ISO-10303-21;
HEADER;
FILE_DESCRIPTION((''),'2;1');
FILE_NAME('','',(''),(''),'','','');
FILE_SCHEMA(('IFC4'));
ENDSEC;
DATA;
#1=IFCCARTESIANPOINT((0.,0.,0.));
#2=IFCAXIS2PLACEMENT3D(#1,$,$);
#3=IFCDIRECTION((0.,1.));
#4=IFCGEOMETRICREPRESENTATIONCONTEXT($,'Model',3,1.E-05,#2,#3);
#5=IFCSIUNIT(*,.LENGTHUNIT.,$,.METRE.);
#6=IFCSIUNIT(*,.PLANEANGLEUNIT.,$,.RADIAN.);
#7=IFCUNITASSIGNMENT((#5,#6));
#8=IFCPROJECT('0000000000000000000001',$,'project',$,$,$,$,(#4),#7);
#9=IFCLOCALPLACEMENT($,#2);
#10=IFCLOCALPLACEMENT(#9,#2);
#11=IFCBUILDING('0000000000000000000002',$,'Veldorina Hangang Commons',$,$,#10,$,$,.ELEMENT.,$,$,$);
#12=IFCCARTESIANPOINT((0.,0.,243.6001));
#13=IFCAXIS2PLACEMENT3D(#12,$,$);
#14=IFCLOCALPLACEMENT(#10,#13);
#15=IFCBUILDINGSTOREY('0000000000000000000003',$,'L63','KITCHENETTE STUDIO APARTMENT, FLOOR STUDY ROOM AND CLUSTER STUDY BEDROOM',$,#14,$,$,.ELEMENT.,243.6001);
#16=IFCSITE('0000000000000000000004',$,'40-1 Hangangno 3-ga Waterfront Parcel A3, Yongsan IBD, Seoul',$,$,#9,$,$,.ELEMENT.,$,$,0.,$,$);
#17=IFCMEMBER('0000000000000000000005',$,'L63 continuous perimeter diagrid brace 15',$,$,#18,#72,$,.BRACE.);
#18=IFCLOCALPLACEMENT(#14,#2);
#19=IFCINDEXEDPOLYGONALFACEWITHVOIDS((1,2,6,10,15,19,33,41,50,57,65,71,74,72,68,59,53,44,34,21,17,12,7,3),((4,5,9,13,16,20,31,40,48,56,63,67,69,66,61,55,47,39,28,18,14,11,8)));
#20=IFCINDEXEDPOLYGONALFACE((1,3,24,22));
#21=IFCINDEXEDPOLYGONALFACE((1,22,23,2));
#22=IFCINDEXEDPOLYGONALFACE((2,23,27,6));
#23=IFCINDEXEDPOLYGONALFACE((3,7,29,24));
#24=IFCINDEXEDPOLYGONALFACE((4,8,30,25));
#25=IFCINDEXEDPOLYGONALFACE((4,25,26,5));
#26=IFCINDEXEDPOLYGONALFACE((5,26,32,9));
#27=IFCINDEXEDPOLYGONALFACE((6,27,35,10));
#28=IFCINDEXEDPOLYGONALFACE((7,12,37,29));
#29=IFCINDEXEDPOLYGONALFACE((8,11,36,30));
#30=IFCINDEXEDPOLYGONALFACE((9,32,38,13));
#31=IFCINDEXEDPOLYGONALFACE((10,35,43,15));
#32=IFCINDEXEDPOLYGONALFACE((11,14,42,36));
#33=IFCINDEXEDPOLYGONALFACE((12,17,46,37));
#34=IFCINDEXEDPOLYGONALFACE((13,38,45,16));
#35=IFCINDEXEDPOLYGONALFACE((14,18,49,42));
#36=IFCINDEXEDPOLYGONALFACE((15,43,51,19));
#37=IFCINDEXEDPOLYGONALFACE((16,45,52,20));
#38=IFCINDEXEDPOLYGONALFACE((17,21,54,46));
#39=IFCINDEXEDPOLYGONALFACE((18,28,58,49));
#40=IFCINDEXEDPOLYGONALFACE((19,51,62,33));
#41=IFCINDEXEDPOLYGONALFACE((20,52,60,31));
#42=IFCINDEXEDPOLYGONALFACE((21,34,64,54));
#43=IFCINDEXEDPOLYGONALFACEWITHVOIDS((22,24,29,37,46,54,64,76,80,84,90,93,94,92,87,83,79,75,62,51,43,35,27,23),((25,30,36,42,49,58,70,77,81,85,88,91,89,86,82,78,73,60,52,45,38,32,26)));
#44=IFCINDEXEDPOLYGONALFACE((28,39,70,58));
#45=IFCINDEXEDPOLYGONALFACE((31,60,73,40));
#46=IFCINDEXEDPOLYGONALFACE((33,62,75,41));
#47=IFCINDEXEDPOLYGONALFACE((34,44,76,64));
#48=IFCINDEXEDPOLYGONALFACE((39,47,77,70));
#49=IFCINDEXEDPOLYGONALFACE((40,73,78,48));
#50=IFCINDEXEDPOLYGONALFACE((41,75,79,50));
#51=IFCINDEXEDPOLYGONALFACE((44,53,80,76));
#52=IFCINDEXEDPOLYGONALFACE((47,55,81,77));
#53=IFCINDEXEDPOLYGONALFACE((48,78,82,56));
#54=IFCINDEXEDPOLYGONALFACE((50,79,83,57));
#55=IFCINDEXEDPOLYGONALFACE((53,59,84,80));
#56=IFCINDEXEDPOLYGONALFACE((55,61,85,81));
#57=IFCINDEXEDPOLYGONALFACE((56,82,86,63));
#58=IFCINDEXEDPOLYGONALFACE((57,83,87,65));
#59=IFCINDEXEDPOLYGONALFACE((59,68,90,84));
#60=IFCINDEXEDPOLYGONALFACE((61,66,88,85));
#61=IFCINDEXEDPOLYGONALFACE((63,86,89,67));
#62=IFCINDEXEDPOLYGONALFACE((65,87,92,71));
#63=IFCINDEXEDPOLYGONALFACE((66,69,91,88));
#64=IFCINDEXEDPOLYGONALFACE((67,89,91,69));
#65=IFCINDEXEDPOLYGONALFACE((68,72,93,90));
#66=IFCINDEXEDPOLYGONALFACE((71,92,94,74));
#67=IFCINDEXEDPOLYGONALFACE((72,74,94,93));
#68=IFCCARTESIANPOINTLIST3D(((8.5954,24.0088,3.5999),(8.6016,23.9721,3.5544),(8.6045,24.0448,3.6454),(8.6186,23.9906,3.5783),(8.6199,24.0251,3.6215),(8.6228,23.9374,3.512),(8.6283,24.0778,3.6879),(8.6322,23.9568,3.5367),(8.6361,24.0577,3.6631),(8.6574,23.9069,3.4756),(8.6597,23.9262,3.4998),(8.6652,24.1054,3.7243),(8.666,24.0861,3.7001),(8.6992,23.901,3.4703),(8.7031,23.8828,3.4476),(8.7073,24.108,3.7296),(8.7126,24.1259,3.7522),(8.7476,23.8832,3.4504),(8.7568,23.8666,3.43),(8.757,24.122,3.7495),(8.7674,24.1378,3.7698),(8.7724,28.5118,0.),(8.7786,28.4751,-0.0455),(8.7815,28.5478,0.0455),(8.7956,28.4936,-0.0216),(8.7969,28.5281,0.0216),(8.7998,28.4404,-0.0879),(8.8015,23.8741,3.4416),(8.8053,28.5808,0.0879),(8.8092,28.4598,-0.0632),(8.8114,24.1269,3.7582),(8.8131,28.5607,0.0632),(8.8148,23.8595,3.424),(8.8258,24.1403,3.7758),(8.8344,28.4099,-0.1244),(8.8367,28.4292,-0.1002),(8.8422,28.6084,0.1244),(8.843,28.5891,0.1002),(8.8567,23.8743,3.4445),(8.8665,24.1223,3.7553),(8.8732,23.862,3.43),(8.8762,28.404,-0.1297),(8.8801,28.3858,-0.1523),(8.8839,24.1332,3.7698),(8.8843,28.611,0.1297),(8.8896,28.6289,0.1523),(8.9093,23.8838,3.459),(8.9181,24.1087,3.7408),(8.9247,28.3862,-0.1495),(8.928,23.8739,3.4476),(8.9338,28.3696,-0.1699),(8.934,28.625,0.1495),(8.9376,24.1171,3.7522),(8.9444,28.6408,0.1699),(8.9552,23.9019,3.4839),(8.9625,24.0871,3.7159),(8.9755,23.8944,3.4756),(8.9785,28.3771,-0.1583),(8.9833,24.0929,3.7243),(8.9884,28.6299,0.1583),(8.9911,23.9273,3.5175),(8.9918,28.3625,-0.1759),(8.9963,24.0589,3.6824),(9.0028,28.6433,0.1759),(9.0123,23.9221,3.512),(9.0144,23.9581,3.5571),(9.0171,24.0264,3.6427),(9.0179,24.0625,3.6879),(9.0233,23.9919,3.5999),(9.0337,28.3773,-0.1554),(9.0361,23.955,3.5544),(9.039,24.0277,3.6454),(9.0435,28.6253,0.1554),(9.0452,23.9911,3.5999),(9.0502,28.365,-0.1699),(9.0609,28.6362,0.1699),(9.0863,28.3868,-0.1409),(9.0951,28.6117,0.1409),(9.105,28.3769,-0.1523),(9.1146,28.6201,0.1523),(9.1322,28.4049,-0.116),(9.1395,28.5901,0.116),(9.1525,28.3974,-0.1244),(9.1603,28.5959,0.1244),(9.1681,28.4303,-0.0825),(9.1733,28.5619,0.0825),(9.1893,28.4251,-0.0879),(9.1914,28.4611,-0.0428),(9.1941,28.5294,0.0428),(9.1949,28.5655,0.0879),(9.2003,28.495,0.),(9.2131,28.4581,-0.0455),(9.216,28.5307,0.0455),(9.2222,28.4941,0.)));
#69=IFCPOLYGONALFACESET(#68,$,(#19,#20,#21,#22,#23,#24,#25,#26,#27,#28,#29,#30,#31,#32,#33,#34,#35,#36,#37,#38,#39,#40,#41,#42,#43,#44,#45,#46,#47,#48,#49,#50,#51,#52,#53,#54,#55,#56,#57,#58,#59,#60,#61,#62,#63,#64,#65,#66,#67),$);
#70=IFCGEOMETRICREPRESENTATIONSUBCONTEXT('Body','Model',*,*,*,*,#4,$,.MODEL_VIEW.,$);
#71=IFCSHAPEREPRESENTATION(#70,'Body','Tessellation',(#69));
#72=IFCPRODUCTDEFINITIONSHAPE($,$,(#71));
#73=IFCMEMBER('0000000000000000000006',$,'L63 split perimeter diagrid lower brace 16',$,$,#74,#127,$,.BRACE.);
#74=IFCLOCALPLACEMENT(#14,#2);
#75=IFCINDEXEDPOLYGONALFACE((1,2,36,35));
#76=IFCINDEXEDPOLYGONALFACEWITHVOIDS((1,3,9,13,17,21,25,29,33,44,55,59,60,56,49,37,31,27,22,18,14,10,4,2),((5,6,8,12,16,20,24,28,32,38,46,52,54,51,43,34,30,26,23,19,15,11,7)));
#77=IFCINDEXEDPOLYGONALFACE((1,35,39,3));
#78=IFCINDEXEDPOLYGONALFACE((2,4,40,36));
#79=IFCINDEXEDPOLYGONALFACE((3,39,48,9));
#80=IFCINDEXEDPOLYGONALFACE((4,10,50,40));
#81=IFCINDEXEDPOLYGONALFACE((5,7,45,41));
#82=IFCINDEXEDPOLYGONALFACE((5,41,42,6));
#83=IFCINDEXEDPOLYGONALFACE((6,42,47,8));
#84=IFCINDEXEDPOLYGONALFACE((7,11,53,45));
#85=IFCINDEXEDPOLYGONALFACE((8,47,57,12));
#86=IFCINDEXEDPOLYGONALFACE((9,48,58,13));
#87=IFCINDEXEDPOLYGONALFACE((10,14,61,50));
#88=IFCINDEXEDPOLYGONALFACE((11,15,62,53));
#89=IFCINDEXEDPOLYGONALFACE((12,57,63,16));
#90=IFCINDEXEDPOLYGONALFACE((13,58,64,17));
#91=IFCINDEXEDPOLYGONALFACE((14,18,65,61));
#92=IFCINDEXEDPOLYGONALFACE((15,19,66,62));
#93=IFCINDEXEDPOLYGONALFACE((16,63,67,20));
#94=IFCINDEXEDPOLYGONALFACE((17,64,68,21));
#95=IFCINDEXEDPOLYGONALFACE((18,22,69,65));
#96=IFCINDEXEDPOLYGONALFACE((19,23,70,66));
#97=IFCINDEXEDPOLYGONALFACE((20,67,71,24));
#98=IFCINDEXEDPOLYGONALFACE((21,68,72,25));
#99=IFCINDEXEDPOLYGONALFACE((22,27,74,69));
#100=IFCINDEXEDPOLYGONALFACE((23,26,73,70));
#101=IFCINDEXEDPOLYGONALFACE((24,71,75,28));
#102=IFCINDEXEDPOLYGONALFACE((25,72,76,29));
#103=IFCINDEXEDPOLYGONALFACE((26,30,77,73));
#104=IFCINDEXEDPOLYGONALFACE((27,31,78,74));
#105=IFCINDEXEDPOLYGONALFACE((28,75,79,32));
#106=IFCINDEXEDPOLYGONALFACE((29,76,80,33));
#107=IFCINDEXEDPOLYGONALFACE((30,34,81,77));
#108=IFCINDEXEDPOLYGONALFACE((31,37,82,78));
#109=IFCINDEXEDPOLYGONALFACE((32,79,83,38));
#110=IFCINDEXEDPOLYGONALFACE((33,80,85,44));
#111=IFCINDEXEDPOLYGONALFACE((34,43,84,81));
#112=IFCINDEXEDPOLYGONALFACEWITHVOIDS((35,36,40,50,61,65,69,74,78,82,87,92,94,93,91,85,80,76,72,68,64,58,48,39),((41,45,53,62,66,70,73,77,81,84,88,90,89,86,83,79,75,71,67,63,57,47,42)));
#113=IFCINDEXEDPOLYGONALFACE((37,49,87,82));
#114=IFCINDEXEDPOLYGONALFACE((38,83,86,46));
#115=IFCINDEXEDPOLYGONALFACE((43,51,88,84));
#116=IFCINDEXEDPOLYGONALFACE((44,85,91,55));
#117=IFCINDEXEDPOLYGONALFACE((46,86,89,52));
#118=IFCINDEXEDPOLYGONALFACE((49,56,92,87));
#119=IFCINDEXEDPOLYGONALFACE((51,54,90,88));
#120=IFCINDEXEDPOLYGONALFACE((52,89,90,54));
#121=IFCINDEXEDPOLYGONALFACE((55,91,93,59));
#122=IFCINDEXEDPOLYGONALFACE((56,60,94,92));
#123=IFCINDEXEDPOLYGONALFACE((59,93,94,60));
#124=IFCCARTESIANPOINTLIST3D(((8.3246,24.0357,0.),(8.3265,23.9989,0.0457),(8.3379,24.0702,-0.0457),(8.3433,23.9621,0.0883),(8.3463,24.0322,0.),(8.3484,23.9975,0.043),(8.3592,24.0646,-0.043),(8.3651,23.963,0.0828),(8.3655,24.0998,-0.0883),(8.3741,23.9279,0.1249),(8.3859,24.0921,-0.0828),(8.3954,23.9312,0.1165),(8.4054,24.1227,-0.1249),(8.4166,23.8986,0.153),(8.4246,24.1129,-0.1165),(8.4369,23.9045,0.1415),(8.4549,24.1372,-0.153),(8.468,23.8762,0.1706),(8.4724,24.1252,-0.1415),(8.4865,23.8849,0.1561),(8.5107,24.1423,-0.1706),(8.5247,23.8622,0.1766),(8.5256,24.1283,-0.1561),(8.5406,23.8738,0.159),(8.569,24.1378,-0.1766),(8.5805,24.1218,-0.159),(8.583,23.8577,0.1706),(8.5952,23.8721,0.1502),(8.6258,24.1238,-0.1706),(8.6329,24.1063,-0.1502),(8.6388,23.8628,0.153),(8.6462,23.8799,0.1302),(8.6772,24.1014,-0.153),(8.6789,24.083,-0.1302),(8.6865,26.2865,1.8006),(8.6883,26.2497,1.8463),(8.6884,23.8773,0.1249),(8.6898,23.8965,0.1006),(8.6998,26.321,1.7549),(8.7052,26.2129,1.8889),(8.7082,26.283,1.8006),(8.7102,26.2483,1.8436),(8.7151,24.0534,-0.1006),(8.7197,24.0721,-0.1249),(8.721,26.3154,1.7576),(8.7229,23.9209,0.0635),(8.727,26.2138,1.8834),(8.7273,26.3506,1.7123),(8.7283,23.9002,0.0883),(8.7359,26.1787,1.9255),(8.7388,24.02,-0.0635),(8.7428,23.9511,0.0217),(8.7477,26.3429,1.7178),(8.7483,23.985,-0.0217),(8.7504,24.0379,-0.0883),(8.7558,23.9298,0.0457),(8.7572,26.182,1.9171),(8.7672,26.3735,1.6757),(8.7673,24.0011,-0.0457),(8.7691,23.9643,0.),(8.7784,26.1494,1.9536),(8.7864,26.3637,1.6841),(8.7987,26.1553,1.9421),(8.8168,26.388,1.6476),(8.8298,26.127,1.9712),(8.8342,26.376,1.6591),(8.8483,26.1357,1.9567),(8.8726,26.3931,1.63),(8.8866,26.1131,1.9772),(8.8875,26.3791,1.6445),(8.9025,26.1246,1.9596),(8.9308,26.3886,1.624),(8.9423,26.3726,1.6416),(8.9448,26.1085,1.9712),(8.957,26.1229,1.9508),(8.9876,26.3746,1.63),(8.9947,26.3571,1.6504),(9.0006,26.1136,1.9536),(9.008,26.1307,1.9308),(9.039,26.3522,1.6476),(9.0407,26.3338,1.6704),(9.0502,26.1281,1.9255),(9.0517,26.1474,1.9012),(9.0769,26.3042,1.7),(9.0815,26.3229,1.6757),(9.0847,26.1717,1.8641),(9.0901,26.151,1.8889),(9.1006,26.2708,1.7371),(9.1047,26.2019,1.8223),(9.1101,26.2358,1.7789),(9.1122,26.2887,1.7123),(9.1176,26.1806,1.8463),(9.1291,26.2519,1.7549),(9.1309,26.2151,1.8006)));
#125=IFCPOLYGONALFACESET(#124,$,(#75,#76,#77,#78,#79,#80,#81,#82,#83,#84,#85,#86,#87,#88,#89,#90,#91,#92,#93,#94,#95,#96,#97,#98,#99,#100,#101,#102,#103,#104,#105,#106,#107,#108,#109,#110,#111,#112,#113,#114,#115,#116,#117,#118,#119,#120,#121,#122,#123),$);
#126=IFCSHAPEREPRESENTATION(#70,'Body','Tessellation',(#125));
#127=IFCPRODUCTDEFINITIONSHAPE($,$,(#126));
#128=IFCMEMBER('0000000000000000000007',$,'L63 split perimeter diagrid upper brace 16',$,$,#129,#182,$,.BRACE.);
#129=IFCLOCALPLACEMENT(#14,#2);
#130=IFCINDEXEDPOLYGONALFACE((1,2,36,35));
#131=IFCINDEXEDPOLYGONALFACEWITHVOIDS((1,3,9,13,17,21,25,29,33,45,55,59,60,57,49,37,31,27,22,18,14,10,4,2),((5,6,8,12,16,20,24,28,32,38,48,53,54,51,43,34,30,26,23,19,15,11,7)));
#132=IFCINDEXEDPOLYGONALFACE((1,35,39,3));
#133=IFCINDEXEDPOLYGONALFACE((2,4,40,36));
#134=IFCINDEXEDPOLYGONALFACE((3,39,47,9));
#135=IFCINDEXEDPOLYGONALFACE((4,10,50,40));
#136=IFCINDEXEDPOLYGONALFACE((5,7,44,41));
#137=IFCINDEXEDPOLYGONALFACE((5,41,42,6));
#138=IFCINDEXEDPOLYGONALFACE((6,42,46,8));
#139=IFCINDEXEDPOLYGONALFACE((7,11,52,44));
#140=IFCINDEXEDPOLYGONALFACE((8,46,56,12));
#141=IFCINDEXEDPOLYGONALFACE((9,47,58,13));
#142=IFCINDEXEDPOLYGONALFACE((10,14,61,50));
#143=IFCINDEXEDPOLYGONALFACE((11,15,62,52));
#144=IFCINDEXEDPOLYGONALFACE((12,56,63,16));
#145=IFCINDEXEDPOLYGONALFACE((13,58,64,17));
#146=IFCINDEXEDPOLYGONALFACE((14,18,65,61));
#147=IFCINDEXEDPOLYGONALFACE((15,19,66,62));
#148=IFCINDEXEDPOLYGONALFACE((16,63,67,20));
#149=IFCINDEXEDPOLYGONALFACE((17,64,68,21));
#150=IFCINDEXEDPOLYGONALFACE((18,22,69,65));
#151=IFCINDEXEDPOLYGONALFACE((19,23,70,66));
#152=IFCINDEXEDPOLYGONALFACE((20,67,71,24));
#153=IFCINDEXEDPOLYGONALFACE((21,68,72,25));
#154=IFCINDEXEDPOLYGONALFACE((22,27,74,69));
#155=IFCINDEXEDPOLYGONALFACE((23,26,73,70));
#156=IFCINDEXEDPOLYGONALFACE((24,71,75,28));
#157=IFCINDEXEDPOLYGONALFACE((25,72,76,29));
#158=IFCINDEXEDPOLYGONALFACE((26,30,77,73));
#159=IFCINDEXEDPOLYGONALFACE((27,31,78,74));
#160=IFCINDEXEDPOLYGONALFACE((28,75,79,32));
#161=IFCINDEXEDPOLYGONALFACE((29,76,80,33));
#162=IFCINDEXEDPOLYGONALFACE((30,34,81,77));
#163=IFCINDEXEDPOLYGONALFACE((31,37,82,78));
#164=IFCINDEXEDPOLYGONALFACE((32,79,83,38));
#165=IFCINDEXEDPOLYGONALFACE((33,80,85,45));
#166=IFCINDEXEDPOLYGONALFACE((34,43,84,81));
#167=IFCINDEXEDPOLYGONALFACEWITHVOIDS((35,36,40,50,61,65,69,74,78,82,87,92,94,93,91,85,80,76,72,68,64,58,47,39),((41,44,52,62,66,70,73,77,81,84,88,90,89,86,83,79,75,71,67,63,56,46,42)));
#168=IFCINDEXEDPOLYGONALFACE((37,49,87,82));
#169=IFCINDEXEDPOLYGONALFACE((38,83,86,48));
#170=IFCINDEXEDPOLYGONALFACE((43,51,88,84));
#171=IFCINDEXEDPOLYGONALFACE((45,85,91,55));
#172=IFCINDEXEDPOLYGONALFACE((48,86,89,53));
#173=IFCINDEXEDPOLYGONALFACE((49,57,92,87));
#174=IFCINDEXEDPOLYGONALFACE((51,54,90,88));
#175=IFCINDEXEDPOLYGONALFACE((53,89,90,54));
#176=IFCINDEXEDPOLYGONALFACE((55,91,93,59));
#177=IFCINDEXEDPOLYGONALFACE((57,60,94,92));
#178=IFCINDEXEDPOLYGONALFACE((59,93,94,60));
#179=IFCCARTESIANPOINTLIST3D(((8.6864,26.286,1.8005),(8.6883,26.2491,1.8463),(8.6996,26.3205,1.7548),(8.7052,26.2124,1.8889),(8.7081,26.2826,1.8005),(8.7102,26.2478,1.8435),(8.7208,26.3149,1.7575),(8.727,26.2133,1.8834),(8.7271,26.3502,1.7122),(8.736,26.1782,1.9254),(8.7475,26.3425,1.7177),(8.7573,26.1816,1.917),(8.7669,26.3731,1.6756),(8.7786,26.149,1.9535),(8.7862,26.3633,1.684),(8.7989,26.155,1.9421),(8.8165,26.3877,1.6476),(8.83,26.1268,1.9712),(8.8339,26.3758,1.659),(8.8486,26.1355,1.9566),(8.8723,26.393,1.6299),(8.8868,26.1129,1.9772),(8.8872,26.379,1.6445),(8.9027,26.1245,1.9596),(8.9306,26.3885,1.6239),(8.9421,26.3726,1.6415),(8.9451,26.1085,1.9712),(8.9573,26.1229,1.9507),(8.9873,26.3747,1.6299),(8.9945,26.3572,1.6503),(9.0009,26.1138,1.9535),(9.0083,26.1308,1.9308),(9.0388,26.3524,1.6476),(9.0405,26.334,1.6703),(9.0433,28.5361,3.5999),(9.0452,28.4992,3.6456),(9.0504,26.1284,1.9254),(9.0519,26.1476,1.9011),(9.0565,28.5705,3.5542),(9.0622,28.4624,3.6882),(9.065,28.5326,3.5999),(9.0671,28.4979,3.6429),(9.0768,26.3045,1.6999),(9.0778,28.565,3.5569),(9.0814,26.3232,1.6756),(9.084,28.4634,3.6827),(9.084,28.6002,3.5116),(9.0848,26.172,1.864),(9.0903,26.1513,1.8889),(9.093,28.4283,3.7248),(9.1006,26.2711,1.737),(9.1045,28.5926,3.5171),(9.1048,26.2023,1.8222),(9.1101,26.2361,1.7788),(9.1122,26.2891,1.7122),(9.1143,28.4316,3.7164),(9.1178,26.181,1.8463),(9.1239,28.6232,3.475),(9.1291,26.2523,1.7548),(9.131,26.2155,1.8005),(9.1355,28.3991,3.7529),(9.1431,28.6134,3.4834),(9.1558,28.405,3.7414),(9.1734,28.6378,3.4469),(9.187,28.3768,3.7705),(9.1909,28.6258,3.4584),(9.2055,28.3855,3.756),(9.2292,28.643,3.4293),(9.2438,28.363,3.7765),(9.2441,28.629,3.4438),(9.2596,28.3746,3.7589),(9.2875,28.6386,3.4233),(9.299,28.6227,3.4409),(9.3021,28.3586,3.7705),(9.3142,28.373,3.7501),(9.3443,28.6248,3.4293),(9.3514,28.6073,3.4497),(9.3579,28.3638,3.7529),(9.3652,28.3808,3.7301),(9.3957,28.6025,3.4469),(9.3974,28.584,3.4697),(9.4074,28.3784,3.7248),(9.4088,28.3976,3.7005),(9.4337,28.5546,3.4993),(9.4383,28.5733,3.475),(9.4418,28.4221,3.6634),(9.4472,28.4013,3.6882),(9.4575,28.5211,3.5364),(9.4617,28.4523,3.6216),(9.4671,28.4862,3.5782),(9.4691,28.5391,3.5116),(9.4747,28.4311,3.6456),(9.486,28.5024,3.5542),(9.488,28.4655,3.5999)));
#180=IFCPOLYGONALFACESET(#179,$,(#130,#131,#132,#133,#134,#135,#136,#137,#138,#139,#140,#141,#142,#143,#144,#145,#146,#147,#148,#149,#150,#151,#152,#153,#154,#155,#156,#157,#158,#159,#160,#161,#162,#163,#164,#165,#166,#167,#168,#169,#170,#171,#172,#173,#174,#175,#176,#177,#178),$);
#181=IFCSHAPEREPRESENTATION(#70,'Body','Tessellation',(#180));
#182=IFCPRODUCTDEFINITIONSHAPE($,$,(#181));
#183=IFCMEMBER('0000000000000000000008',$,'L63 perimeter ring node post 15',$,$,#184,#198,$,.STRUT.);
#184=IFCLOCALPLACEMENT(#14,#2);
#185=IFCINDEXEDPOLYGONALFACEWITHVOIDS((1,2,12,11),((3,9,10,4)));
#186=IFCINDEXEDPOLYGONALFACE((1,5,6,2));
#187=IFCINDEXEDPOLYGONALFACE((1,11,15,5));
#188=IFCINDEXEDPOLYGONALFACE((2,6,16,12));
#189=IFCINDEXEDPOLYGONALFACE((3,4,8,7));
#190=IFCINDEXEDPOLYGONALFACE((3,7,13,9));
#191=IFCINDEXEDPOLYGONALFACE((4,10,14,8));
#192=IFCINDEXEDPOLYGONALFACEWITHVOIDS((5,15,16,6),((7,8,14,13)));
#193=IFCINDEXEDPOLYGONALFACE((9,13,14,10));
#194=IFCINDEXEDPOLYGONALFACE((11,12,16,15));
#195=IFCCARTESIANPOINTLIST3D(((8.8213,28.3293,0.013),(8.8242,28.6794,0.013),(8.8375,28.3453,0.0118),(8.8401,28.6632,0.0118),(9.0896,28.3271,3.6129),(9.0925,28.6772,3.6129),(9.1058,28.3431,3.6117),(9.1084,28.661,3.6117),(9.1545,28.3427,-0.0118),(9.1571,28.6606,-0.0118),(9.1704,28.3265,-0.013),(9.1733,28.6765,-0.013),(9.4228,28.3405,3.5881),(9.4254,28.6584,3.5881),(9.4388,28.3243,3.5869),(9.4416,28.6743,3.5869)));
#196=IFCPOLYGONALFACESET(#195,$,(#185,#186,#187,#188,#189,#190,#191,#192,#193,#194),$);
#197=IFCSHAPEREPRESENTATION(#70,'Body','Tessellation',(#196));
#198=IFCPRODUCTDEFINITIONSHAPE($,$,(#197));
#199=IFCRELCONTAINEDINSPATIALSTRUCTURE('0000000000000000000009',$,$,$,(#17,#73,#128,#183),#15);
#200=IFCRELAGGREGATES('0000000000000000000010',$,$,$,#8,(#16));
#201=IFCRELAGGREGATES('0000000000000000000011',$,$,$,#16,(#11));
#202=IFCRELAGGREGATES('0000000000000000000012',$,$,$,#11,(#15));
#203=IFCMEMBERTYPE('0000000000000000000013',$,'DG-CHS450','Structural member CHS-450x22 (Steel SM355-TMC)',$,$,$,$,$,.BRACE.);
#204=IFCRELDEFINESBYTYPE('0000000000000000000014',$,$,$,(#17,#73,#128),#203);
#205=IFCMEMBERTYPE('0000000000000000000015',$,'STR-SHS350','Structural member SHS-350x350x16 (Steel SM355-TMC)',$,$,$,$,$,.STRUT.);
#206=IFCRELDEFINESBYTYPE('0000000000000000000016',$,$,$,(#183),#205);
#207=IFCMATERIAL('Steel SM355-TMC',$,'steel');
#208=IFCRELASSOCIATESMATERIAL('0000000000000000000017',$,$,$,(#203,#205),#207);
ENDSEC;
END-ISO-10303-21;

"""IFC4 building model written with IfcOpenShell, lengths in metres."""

from ifc_helpers import new_model, si_unit, direction, frame, origin, origin_2d, place, context, subcontext, project, spatial, hollow_rectangle, hollow_circle, extrude, material, material_profile, profile_set, type_object, element, save


model = new_model("IFC4")

# Units and contexts
model_context = context("Model", 3, precision=1e-05, world=origin(), true_north=direction((0.0, 1.0)))
body_context = subcontext(model_context, "Body", "Model", "MODEL_VIEW")
ifc_project = project(units=[si_unit("LENGTHUNIT", "METRE"), si_unit("PLANEANGLEUNIT", "RADIAN")], contexts=[model_context])

# Site, building, storey
site_placement = place(None, origin())
site = spatial("IfcSite", under=ifc_project, at=site_placement, Name="40-1 Hangangno 3-ga Waterfront Parcel A3, Yongsan IBD, Seoul", CompositionType="ELEMENT", RefElevation=0.0)
building_placement = place(site_placement, origin())
building = spatial("IfcBuilding", under=site, at=building_placement, Name="Veldorina Hangang Commons", CompositionType="ELEMENT")
storey_placement = place(building_placement, frame((0.0, 0.0, 243.6001)))
storey = spatial("IfcBuildingStorey", under=building, at=storey_placement, Name="L63", Description="KITCHENETTE STUDIO APARTMENT, FLOOR STUDY ROOM AND CLUSTER STUDY BEDROOM", CompositionType="ELEMENT", Elevation=243.6001)

# Shared definitions
ifc_material_1 = material(Name="Steel SM355-TMC", Category="steel")

# Members
ifc_material_profile_1 = material_profile(ifc_material_1, hollow_circle(Radius=0.2251, WallThickness=0.022, at=origin_2d()), Name="CHS-450x22")
ifc_profile_set_1 = profile_set([ifc_material_profile_1], Name="Steel SM355-TMC")
member_type_1 = type_object("IfcMemberType", Name="DG-CHS450", Description="Structural member CHS-450x22 (Steel SM355-TMC)", PredefinedType="BRACE", material=ifc_profile_set_1)
member_1_placement = place(storey_placement, frame((8.9973, 28.5029, 0.0), z_axis=(-0.030688, -0.780712, 0.624138), x_axis=(0.999228, -0.039278, 0.0)))
element("IfcMember", 1, at=member_1_placement, inside=storey, type_object=member_type_1, Name="L63 continuous perimeter diagrid brace 15", PredefinedType="BRACE", context=body_context, shape_type="SweptSolid", body=[
    extrude(hollow_circle(Radius=0.2251, WallThickness=0.022, at=origin_2d()), origin(), (0.0, 0.0, 1.0), 5.7678),
])
member_2_placement = place(storey_placement, frame((8.5469, 24.0, 0.0), z_axis=(0.124552, 0.774796, 0.61982), x_axis=(-0.987324, 0.158717, 0.0)))
element("IfcMember", 2, at=member_2_placement, inside=storey, type_object=member_type_1, Name="L63 split perimeter diagrid lower brace 16", PredefinedType="BRACE", context=body_context, shape_type="SweptSolid", body=[
    extrude(hollow_circle(Radius=0.2251, WallThickness=0.022, at=origin_2d()), origin(), (0.0, 0.0, 1.0), 2.905),
])
member_3_placement = place(storey_placement, frame((8.9087, 26.2507, 1.8005), z_axis=(0.122953, 0.775059, 0.619812), x_axis=(-0.98765, 0.156678, 0.0)))
element("IfcMember", 3, at=member_3_placement, inside=storey, type_object=member_type_1, Name="L63 split perimeter diagrid upper brace 16", PredefinedType="BRACE", context=body_context, shape_type="SweptSolid", body=[
    extrude(hollow_circle(Radius=0.2251, WallThickness=0.022, at=origin_2d()), origin(), (0.0, 0.0, 1.0), 2.9031),
])
ifc_material_profile_2 = material_profile(ifc_material_1, hollow_rectangle(XDim=0.3501, YDim=0.3501, WallThickness=0.0161, at=origin_2d()), Name="SHS-350x350x16")
ifc_profile_set_2 = profile_set([ifc_material_profile_2], Name="Steel SM355-TMC")
member_type_2 = type_object("IfcMemberType", Name="STR-SHS350", Description="Structural member SHS-350x350x16 (Steel SM355-TMC)", PredefinedType="STRUT", material=ifc_profile_set_2)
member_4_placement = place(storey_placement, frame((8.9973, 28.5029, 0.0), z_axis=(0.074328, -0.000609, 0.997234), x_axis=(0.008189, 0.999966, 0.0)))
element("IfcMember", 4, at=member_4_placement, inside=storey, type_object=member_type_2, Name="L63 perimeter ring node post 15", PredefinedType="STRUT", context=body_context, shape_type="SweptSolid", body=[
    extrude(hollow_rectangle(XDim=0.3501, YDim=0.3501, WallThickness=0.0161, at=origin_2d()), origin(), (0.0, 0.0, 1.0), 3.6099),
])

save(model, "model.ifc")
